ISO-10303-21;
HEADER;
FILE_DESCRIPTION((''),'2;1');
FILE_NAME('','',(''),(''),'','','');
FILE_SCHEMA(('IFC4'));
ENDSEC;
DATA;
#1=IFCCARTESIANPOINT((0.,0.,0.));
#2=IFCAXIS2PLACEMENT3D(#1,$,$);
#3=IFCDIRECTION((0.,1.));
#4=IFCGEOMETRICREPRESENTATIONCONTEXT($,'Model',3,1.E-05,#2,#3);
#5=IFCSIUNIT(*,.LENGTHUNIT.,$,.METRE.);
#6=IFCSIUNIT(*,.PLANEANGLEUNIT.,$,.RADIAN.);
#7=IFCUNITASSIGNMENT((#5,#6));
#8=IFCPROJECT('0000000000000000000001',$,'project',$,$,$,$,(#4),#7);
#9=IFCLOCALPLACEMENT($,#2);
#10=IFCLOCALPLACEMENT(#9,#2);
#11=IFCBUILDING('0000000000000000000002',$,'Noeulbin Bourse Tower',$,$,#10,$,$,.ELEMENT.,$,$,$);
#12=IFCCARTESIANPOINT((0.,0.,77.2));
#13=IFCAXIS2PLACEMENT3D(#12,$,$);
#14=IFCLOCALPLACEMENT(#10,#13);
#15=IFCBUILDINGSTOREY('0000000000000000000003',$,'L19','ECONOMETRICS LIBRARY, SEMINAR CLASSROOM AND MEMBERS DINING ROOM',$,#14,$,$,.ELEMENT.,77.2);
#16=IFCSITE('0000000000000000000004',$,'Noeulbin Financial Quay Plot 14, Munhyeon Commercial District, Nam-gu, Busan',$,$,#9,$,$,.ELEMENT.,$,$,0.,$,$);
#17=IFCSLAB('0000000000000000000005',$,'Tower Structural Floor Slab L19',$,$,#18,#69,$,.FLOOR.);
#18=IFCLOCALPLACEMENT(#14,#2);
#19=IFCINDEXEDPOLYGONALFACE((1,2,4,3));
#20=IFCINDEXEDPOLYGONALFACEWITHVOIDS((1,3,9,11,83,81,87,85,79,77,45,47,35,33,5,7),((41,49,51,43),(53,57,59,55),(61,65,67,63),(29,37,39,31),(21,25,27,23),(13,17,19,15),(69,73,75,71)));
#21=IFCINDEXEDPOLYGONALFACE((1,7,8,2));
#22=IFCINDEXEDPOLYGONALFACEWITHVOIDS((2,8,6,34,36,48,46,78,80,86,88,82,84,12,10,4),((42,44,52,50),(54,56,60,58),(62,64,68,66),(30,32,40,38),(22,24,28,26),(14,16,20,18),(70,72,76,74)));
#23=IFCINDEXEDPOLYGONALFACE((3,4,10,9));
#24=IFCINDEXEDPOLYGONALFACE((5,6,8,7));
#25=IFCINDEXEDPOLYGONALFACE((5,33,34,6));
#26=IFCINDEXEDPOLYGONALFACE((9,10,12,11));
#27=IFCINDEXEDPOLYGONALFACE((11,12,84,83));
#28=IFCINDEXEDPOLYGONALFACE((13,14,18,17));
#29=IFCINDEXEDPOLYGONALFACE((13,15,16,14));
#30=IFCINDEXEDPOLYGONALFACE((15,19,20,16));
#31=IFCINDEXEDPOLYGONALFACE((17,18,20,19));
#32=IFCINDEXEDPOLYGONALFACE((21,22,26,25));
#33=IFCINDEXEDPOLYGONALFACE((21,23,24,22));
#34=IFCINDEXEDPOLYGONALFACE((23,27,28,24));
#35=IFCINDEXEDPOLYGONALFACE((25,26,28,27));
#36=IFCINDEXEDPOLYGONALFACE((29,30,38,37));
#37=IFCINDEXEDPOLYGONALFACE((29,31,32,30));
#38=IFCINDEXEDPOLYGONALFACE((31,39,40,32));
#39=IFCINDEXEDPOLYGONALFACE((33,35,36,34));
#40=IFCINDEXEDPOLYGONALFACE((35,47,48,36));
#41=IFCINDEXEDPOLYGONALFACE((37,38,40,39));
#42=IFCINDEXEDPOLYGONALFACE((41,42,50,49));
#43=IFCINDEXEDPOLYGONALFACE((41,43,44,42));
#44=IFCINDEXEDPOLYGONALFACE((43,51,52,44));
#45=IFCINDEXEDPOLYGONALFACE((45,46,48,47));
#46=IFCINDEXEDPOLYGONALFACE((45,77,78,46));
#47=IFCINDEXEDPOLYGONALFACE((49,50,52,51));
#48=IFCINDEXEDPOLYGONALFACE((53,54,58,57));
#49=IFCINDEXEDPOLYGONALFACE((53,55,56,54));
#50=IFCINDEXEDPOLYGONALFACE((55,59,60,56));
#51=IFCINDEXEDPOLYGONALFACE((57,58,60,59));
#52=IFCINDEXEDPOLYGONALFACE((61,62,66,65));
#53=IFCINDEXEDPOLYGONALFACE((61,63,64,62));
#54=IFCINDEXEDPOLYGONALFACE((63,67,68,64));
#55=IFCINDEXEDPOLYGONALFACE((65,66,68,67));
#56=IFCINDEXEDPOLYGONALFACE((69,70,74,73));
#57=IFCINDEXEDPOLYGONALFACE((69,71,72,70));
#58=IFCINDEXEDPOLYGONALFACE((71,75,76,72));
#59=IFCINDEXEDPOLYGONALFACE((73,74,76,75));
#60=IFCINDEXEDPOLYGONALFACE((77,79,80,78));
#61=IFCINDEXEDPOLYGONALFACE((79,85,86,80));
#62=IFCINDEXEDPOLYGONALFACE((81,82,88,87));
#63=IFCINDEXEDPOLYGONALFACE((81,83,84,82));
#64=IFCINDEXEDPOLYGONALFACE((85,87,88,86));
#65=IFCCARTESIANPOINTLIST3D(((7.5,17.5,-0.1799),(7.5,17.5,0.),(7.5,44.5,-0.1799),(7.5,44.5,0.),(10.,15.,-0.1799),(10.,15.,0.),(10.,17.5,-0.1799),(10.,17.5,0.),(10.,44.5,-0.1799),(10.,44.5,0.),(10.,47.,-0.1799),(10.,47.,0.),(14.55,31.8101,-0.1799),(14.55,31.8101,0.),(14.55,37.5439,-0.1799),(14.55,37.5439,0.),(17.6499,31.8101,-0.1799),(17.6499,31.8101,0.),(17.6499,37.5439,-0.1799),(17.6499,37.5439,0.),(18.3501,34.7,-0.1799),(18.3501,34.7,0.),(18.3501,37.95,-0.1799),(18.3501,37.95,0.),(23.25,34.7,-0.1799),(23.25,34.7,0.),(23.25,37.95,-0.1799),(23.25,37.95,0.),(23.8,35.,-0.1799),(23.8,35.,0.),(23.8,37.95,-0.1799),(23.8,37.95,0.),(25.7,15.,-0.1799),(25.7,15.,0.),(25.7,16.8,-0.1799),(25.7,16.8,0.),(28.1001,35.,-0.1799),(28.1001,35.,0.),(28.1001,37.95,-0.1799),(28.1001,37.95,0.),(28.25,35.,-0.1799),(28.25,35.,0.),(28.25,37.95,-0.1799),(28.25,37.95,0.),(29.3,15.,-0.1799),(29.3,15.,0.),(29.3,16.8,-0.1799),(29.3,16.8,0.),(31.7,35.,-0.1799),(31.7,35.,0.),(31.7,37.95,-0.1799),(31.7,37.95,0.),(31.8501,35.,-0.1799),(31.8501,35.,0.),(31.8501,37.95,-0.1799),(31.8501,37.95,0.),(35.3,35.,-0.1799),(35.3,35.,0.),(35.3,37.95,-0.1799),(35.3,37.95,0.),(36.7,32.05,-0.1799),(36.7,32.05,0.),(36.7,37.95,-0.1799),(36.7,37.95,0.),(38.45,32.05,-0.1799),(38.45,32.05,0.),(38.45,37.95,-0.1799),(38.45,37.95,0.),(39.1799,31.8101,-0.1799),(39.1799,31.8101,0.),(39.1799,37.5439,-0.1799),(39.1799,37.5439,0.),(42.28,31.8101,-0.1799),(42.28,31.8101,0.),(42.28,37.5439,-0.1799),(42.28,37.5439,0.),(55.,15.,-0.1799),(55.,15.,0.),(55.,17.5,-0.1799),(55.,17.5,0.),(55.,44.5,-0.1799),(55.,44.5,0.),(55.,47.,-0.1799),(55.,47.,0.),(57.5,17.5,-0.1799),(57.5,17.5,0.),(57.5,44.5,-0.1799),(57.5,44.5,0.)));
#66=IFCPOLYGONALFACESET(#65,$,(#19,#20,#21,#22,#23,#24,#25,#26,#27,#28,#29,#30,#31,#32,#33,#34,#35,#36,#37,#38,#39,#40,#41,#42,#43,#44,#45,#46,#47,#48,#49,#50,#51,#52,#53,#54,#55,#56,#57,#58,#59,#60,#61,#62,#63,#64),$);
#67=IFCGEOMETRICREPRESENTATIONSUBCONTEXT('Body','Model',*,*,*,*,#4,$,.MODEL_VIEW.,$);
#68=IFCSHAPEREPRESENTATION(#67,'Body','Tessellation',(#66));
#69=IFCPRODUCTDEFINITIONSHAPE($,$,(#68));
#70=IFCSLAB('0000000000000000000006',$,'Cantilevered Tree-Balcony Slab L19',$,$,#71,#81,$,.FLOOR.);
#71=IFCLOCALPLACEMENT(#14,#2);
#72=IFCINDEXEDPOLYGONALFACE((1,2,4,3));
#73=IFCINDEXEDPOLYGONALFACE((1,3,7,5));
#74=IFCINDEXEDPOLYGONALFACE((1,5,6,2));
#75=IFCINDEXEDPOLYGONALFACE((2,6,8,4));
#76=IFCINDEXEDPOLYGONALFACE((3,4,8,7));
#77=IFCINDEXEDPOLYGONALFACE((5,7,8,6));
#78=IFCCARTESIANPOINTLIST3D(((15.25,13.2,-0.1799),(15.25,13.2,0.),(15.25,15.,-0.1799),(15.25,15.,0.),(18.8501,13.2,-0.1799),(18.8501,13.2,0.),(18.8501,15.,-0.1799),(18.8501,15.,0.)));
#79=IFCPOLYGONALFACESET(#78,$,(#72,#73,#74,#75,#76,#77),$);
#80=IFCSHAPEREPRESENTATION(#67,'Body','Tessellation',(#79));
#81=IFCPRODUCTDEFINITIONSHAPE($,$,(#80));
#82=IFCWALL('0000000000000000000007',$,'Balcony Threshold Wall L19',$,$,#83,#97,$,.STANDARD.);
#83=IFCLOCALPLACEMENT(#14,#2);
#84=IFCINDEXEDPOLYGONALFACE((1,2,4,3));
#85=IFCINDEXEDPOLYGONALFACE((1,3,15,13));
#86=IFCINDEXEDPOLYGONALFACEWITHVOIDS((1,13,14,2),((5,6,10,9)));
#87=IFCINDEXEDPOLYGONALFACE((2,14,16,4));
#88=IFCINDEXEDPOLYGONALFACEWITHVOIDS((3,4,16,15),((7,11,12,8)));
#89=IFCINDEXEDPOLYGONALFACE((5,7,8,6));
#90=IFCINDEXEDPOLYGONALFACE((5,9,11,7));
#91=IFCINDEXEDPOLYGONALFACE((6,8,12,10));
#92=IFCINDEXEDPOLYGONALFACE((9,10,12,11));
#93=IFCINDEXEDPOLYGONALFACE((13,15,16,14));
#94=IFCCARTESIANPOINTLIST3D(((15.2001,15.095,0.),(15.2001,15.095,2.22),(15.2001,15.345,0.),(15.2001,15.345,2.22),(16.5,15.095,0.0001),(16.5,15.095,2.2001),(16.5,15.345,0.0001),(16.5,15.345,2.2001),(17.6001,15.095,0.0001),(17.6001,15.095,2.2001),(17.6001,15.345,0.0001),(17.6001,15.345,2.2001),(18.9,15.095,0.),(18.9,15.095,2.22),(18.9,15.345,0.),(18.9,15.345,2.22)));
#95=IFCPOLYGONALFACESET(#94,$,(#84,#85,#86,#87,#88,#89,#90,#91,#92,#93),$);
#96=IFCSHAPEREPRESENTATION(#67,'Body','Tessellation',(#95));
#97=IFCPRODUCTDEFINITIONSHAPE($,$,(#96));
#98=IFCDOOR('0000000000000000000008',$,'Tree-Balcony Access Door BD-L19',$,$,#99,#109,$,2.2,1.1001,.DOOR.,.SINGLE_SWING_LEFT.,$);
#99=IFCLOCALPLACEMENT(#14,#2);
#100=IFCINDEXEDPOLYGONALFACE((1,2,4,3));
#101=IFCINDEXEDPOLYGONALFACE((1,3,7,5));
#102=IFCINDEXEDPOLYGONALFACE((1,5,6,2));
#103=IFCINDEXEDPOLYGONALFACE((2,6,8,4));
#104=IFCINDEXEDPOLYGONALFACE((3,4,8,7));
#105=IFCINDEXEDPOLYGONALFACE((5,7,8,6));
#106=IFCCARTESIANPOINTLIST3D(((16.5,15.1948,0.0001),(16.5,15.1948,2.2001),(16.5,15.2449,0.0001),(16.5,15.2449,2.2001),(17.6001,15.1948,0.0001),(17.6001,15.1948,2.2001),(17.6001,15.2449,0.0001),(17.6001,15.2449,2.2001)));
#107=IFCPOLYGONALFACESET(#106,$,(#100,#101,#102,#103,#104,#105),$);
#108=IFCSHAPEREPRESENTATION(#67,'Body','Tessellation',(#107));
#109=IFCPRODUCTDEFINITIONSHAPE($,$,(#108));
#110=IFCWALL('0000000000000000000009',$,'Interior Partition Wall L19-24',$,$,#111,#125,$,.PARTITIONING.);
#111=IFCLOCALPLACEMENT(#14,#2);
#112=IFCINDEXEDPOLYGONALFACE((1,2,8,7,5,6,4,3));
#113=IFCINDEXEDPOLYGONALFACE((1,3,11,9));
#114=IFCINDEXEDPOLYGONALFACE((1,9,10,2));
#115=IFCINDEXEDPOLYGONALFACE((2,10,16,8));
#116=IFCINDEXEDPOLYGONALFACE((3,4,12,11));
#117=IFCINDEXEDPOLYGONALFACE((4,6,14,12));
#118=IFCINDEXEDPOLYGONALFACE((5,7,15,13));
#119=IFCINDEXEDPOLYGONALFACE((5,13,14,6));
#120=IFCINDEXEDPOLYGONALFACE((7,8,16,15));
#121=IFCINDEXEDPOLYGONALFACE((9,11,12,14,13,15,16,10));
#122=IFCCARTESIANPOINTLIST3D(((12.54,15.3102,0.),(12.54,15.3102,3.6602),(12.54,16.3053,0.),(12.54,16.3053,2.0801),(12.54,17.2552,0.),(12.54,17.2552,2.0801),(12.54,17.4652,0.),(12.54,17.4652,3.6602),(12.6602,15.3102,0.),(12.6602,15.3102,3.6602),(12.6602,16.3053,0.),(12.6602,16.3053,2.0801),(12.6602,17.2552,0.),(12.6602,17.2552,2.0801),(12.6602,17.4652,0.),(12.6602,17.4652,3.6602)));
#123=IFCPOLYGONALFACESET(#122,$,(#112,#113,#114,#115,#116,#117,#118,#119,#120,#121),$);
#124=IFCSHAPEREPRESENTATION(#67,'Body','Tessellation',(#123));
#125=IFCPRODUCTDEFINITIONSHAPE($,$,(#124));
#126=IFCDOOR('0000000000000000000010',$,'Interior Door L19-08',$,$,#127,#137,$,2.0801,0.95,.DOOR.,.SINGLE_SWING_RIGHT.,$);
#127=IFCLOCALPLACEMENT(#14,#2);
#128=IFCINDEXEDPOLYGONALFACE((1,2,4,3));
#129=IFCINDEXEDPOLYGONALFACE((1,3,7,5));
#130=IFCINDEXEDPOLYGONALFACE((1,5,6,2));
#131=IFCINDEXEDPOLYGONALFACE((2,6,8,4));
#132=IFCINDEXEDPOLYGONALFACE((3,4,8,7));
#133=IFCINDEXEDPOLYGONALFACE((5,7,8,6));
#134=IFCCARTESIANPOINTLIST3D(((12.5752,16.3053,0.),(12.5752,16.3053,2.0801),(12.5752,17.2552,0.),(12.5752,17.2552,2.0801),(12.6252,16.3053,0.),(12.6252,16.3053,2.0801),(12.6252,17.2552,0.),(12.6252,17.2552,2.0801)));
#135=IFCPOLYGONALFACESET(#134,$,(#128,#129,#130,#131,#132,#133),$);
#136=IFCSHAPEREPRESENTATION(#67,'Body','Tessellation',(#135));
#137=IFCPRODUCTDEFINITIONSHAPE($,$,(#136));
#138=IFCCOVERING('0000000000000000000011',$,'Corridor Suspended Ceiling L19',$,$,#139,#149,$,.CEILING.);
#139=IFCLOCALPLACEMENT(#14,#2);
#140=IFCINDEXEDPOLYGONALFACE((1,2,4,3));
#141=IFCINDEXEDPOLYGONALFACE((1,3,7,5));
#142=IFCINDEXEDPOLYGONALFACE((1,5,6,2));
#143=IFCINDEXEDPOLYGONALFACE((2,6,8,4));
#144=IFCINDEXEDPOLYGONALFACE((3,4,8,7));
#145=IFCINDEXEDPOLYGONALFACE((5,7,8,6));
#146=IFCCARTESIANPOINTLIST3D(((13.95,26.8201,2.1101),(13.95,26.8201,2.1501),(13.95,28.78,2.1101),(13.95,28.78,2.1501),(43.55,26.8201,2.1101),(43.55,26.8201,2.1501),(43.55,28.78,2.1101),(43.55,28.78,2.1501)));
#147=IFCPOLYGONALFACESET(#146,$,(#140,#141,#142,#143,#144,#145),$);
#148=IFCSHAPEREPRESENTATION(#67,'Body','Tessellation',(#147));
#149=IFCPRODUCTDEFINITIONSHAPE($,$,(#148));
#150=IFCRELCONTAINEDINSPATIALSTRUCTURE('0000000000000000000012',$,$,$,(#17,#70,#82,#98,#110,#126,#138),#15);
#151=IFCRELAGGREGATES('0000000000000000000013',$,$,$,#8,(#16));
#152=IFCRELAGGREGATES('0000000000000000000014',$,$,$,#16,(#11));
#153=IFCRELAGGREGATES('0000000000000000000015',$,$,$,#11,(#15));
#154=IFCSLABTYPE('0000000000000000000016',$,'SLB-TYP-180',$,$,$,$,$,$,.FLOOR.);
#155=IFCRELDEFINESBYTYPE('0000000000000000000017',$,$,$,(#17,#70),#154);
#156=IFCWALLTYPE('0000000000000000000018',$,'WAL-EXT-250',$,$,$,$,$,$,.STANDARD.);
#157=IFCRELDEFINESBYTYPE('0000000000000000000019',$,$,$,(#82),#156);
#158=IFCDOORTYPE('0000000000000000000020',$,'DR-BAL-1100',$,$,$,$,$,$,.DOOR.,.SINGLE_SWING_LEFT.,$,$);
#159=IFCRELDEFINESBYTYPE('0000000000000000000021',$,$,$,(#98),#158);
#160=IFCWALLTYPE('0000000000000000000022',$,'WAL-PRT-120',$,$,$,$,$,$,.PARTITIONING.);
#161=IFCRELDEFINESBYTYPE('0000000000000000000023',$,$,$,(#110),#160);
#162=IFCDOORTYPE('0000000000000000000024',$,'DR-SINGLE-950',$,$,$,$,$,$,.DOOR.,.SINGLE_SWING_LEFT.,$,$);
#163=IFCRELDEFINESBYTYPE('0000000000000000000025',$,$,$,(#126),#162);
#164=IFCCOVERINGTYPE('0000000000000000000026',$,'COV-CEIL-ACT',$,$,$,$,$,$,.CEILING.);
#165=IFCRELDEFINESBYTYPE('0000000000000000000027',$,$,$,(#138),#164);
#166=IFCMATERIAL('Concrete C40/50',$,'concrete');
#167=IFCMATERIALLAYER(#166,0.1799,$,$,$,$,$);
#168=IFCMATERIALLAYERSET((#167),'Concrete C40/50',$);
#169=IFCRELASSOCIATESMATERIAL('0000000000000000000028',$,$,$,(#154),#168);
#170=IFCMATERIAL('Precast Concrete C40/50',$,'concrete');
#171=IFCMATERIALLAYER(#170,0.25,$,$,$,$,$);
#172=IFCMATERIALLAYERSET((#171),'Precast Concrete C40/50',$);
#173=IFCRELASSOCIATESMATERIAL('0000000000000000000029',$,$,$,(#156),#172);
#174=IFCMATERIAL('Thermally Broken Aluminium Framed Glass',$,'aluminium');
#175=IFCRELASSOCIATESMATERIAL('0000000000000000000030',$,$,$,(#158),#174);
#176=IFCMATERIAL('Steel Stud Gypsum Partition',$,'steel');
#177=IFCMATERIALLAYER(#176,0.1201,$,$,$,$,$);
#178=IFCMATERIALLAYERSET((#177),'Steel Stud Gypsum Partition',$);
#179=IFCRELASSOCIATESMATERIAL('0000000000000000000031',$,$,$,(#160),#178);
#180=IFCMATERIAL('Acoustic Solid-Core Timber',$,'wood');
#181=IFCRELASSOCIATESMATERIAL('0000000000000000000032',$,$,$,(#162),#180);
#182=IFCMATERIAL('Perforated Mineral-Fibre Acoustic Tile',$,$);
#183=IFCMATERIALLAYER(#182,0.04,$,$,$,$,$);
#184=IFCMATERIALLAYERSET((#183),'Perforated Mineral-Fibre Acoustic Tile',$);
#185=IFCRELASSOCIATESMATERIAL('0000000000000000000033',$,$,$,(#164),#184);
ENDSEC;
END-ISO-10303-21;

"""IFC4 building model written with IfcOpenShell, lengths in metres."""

from ifc_helpers import new_model, si_unit, direction, frame, frame_2d, origin, place, context, subcontext, project, spatial, polyline, rectangle, outline, extrude, material, layer, layer_set, type_object, element, fill, save


model = new_model("IFC4")

# Units and contexts
model_context = context("Model", 3, precision=1e-05, world=origin(), true_north=direction((0.0, 1.0)))
body_context = subcontext(model_context, "Body", "Model", "MODEL_VIEW")
ifc_project = project(units=[si_unit("LENGTHUNIT", "METRE"), si_unit("PLANEANGLEUNIT", "RADIAN")], contexts=[model_context])

# Site, building, storey
site_placement = place(None, origin())
site = spatial("IfcSite", under=ifc_project, at=site_placement, Name="Noeulbin Financial Quay Plot 14, Munhyeon Commercial District, Nam-gu, Busan", CompositionType="ELEMENT", RefElevation=0.0)
building_placement = place(site_placement, origin())
building = spatial("IfcBuilding", under=site, at=building_placement, Name="Noeulbin Bourse Tower", CompositionType="ELEMENT")
storey_placement = place(building_placement, frame((0.0, 0.0, 77.2)))
storey = spatial("IfcBuildingStorey", under=building, at=storey_placement, Name="L19", Description="ECONOMETRICS LIBRARY, SEMINAR CLASSROOM AND MEMBERS DINING ROOM", CompositionType="ELEMENT", Elevation=77.2)

# Shared definitions
ifc_material_1 = material(Name="Concrete C40/50", Category="concrete")

# Slab, openings
ifc_layer_1 = layer(ifc_material_1, 0.1799)
ifc_layer_set_1 = layer_set([ifc_layer_1], Name="Concrete C40/50")
slab_type_1 = type_object("IfcSlabType", Name="SLB-TYP-180", PredefinedType="FLOOR", material=ifc_layer_set_1)
slab_1_placement = place(storey_placement, frame((0.0, 0.0, -0.1799)))
slab_1 = element("IfcSlab", 1, at=slab_1_placement, inside=storey, type_object=slab_type_1, Name="Tower Structural Floor Slab L19", PredefinedType="FLOOR", context=body_context, shape_type="SweptSolid", body=[
    extrude(outline(polyline([(10.0, 15.0), (25.7, 15.0), (25.7, 16.8), (29.3, 16.8), (29.3, 15.0), (55.0, 15.0), (55.0, 17.5), (57.5, 17.5), (57.5, 44.5), (55.0, 44.5), (55.0, 47.0), (10.0, 47.0), (10.0, 44.5), (7.5, 44.5), (7.5, 17.5), (10.0, 17.5), (10.0, 15.0)]), holes=[polyline([(17.6499, 31.8101), (17.6499, 37.5439), (14.55, 37.5439), (14.55, 31.8101), (17.6499, 31.8101)]), polyline([(42.28, 31.8101), (42.28, 37.5439), (39.1799, 37.5439), (39.1799, 31.8101), (42.28, 31.8101)]), polyline([(18.3501, 34.7), (23.25, 34.7), (23.25, 37.95), (18.3501, 37.95), (18.3501, 34.7)]), polyline([(36.7, 32.05), (38.45, 32.05), (38.45, 37.95), (36.7, 37.95), (36.7, 32.05)]), polyline([(23.8, 35.0), (28.1001, 35.0), (28.1001, 37.95), (23.8, 37.95), (23.8, 35.0)]), polyline([(28.25, 35.0), (31.7, 35.0), (31.7, 37.95), (28.25, 37.95), (28.25, 35.0)]), polyline([(31.8501, 35.0), (35.3, 35.0), (35.3, 37.95), (31.8501, 37.95), (31.8501, 35.0)])]), origin(), (0.0, 0.0, 1.0), 0.1799),
])
opening_1_placement = place(slab_1_placement, frame((0.0, 0.0, -0.01)))
element("IfcOpeningElement", 2, at=opening_1_placement, cuts=slab_1, PredefinedType="OPENING", context=body_context, shape_type="SweptSolid", body=[
    extrude(outline(polyline([(17.6499, 31.8101), (17.6499, 37.5439), (14.55, 37.5439), (14.55, 31.8101), (17.6499, 31.8101)])), origin(), (0.0, 0.0, 1.0), 0.2),
])
opening_2_placement = place(slab_1_placement, frame((0.0, 0.0, -0.01)))
element("IfcOpeningElement", 3, at=opening_2_placement, cuts=slab_1, PredefinedType="OPENING", context=body_context, shape_type="SweptSolid", body=[
    extrude(outline(polyline([(42.28, 31.8101), (42.28, 37.5439), (39.1799, 37.5439), (39.1799, 31.8101), (42.28, 31.8101)])), origin(), (0.0, 0.0, 1.0), 0.2),
])
opening_3_placement = place(slab_1_placement, frame((0.0, 0.0, -0.01)))
element("IfcOpeningElement", 4, at=opening_3_placement, cuts=slab_1, PredefinedType="OPENING", context=body_context, shape_type="SweptSolid", body=[
    extrude(outline(polyline([(18.3501, 34.7), (23.25, 34.7), (23.25, 37.95), (18.3501, 37.95), (18.3501, 34.7)])), origin(), (0.0, 0.0, 1.0), 0.2),
])
opening_4_placement = place(slab_1_placement, frame((0.0, 0.0, -0.01)))
element("IfcOpeningElement", 5, at=opening_4_placement, cuts=slab_1, PredefinedType="OPENING", context=body_context, shape_type="SweptSolid", body=[
    extrude(outline(polyline([(36.7, 32.05), (38.45, 32.05), (38.45, 37.95), (36.7, 37.95), (36.7, 32.05)])), origin(), (0.0, 0.0, 1.0), 0.2),
])
opening_5_placement = place(slab_1_placement, frame((0.0, 0.0, -0.01)))
element("IfcOpeningElement", 6, at=opening_5_placement, cuts=slab_1, PredefinedType="OPENING", context=body_context, shape_type="SweptSolid", body=[
    extrude(outline(polyline([(23.8, 35.0), (28.1001, 35.0), (28.1001, 37.95), (23.8, 37.95), (23.8, 35.0)])), origin(), (0.0, 0.0, 1.0), 0.2),
])
opening_6_placement = place(slab_1_placement, frame((0.0, 0.0, -0.01)))
element("IfcOpeningElement", 7, at=opening_6_placement, cuts=slab_1, PredefinedType="OPENING", context=body_context, shape_type="SweptSolid", body=[
    extrude(outline(polyline([(28.25, 35.0), (31.7, 35.0), (31.7, 37.95), (28.25, 37.95), (28.25, 35.0)])), origin(), (0.0, 0.0, 1.0), 0.2),
])
opening_7_placement = place(slab_1_placement, frame((0.0, 0.0, -0.01)))
element("IfcOpeningElement", 8, at=opening_7_placement, cuts=slab_1, PredefinedType="OPENING", context=body_context, shape_type="SweptSolid", body=[
    extrude(outline(polyline([(31.8501, 35.0), (35.3, 35.0), (35.3, 37.95), (31.8501, 37.95), (31.8501, 35.0)])), origin(), (0.0, 0.0, 1.0), 0.2),
])

# Slab
slab_2_placement = place(storey_placement, frame((0.0, 0.0, -0.1799)))
element("IfcSlab", 9, at=slab_2_placement, inside=storey, type_object=slab_type_1, Name="Cantilevered Tree-Balcony Slab L19", PredefinedType="FLOOR", context=body_context, shape_type="SweptSolid", body=[
    extrude(outline(polyline([(15.25, 13.2), (18.8501, 13.2), (18.8501, 15.0), (15.25, 15.0), (15.25, 13.2)])), origin(), (0.0, 0.0, 1.0), 0.1799),
])

# Walls, openings, doors
ifc_material_2 = material(Name="Precast Concrete C40/50", Category="concrete")
ifc_layer_2 = layer(ifc_material_2, 0.25)
ifc_layer_set_2 = layer_set([ifc_layer_2], Name="Precast Concrete C40/50")
wall_type_1 = type_object("IfcWallType", Name="WAL-EXT-250", PredefinedType="STANDARD", material=ifc_layer_set_2)
wall_1_placement = place(storey_placement, frame((15.2, 15.22, 0.0), z_axis=(0.0, 0.0, 1.0), x_axis=(1.0, 0.0, 0.0)))
wall_1 = element("IfcWall", 10, at=wall_1_placement, inside=storey, type_object=wall_type_1, Name="Balcony Threshold Wall L19", PredefinedType="STANDARD", context=body_context, shape_type="SweptSolid", body=[
    extrude(rectangle(XDim=3.7, YDim=0.25, at=frame_2d((1.8501, 0.0))), origin(), (0.0, 0.0, 1.0), 2.22),
])
opening_8_placement = place(wall_1_placement, frame((1.3, 0.0, 0.0)))
opening_8 = element("IfcOpeningElement", 11, at=opening_8_placement, cuts=wall_1, PredefinedType="OPENING", context=body_context, shape_type="SweptSolid", body=[
    extrude(rectangle(XDim=1.1001, YDim=2.2, at=frame_2d((0.55, 1.1001))), frame((0.0, 0.135, 0.0), z_axis=(0.0, -1.0, 0.0), x_axis=(1.0, 0.0, 0.0)), (0.0, 0.0, 1.0), 0.27),
])
ifc_material_3 = material(Name="Thermally Broken Aluminium Framed Glass", Category="aluminium")
door_type_1 = type_object("IfcDoorType", Name="DR-BAL-1100", OperationType="SINGLE_SWING_LEFT", PredefinedType="DOOR", material=ifc_material_3)
door_1_placement = place(opening_8_placement, origin())
door_1 = element("IfcDoor", 12, at=door_1_placement, inside=storey, type_object=door_type_1, Name="Tree-Balcony Access Door BD-L19", OperationType="SINGLE_SWING_LEFT", OverallHeight=2.2, OverallWidth=1.1001, PredefinedType="DOOR", context=body_context, shape_type="SweptSolid", body=[
    extrude(rectangle(XDim=1.1001, YDim=2.2, at=frame_2d((0.55, 1.1001))), frame((0.0, 0.0249, 0.0), z_axis=(0.0, -1.0, 0.0), x_axis=(1.0, 0.0, 0.0)), (0.0, 0.0, 1.0), 0.05),
])
fill(opening_8, door_1)
ifc_material_4 = material(Name="Steel Stud Gypsum Partition", Category="steel")
ifc_layer_3 = layer(ifc_material_4, 0.1201)
ifc_layer_set_3 = layer_set([ifc_layer_3], Name="Steel Stud Gypsum Partition")
wall_type_2 = type_object("IfcWallType", Name="WAL-PRT-120", PredefinedType="PARTITIONING", material=ifc_layer_set_3)
wall_2_placement = place(storey_placement, frame((12.6001, 15.3101, 0.0), z_axis=(0.0, 0.0, 1.0), x_axis=(0.0, 1.0, 0.0)))
wall_2 = element("IfcWall", 13, at=wall_2_placement, inside=storey, type_object=wall_type_2, Name="Interior Partition Wall L19-24", PredefinedType="PARTITIONING", context=body_context, shape_type="SweptSolid", body=[
    extrude(rectangle(XDim=2.155, YDim=0.1201, at=frame_2d((1.0776, 0.0))), origin(), (0.0, 0.0, 1.0), 3.6602),
])
opening_9_placement = place(wall_2_placement, frame((0.9951, 0.0, 0.0)))
opening_9 = element("IfcOpeningElement", 14, at=opening_9_placement, cuts=wall_2, PredefinedType="OPENING", context=body_context, shape_type="SweptSolid", body=[
    extrude(rectangle(XDim=0.95, YDim=2.0801, at=frame_2d((0.4751, 1.04))), frame((0.0, 0.0701, 0.0), z_axis=(0.0, -1.0, 0.0), x_axis=(1.0, 0.0, 0.0)), (0.0, 0.0, 1.0), 0.1401),
])
ifc_material_5 = material(Name="Acoustic Solid-Core Timber", Category="wood")
door_type_2 = type_object("IfcDoorType", Name="DR-SINGLE-950", OperationType="SINGLE_SWING_LEFT", PredefinedType="DOOR", material=ifc_material_5)
door_2_placement = place(opening_9_placement, origin())
door_2 = element("IfcDoor", 15, at=door_2_placement, inside=storey, type_object=door_type_2, Name="Interior Door L19-08", OperationType="SINGLE_SWING_RIGHT", OverallHeight=2.0801, OverallWidth=0.95, PredefinedType="DOOR", context=body_context, shape_type="SweptSolid", body=[
    extrude(rectangle(XDim=0.95, YDim=2.0801, at=frame_2d((0.4751, 1.04))), frame((0.0, 0.0249, 0.0), z_axis=(0.0, -1.0, 0.0), x_axis=(1.0, 0.0, 0.0)), (0.0, 0.0, 1.0), 0.05),
])
fill(opening_9, door_2)

# Covering
ifc_material_6 = material(Name="Perforated Mineral-Fibre Acoustic Tile")
ifc_layer_4 = layer(ifc_material_6, 0.04)
ifc_layer_set_4 = layer_set([ifc_layer_4], Name="Perforated Mineral-Fibre Acoustic Tile")
covering_type = type_object("IfcCoveringType", Name="COV-CEIL-ACT", PredefinedType="CEILING", material=ifc_layer_set_4)
covering_1_placement = place(storey_placement, frame((0.0, 0.0, 2.1101)))
element("IfcCovering", 16, at=covering_1_placement, inside=storey, type_object=covering_type, Name="Corridor Suspended Ceiling L19", PredefinedType="CEILING", context=body_context, shape_type="SweptSolid", body=[
    extrude(outline(polyline([(13.95, 26.8201), (43.55, 26.8201), (43.55, 28.78), (13.95, 28.78), (13.95, 26.8201)])), origin(), (0.0, 0.0, 1.0), 0.04),
])

save(model, "model.ifc")
